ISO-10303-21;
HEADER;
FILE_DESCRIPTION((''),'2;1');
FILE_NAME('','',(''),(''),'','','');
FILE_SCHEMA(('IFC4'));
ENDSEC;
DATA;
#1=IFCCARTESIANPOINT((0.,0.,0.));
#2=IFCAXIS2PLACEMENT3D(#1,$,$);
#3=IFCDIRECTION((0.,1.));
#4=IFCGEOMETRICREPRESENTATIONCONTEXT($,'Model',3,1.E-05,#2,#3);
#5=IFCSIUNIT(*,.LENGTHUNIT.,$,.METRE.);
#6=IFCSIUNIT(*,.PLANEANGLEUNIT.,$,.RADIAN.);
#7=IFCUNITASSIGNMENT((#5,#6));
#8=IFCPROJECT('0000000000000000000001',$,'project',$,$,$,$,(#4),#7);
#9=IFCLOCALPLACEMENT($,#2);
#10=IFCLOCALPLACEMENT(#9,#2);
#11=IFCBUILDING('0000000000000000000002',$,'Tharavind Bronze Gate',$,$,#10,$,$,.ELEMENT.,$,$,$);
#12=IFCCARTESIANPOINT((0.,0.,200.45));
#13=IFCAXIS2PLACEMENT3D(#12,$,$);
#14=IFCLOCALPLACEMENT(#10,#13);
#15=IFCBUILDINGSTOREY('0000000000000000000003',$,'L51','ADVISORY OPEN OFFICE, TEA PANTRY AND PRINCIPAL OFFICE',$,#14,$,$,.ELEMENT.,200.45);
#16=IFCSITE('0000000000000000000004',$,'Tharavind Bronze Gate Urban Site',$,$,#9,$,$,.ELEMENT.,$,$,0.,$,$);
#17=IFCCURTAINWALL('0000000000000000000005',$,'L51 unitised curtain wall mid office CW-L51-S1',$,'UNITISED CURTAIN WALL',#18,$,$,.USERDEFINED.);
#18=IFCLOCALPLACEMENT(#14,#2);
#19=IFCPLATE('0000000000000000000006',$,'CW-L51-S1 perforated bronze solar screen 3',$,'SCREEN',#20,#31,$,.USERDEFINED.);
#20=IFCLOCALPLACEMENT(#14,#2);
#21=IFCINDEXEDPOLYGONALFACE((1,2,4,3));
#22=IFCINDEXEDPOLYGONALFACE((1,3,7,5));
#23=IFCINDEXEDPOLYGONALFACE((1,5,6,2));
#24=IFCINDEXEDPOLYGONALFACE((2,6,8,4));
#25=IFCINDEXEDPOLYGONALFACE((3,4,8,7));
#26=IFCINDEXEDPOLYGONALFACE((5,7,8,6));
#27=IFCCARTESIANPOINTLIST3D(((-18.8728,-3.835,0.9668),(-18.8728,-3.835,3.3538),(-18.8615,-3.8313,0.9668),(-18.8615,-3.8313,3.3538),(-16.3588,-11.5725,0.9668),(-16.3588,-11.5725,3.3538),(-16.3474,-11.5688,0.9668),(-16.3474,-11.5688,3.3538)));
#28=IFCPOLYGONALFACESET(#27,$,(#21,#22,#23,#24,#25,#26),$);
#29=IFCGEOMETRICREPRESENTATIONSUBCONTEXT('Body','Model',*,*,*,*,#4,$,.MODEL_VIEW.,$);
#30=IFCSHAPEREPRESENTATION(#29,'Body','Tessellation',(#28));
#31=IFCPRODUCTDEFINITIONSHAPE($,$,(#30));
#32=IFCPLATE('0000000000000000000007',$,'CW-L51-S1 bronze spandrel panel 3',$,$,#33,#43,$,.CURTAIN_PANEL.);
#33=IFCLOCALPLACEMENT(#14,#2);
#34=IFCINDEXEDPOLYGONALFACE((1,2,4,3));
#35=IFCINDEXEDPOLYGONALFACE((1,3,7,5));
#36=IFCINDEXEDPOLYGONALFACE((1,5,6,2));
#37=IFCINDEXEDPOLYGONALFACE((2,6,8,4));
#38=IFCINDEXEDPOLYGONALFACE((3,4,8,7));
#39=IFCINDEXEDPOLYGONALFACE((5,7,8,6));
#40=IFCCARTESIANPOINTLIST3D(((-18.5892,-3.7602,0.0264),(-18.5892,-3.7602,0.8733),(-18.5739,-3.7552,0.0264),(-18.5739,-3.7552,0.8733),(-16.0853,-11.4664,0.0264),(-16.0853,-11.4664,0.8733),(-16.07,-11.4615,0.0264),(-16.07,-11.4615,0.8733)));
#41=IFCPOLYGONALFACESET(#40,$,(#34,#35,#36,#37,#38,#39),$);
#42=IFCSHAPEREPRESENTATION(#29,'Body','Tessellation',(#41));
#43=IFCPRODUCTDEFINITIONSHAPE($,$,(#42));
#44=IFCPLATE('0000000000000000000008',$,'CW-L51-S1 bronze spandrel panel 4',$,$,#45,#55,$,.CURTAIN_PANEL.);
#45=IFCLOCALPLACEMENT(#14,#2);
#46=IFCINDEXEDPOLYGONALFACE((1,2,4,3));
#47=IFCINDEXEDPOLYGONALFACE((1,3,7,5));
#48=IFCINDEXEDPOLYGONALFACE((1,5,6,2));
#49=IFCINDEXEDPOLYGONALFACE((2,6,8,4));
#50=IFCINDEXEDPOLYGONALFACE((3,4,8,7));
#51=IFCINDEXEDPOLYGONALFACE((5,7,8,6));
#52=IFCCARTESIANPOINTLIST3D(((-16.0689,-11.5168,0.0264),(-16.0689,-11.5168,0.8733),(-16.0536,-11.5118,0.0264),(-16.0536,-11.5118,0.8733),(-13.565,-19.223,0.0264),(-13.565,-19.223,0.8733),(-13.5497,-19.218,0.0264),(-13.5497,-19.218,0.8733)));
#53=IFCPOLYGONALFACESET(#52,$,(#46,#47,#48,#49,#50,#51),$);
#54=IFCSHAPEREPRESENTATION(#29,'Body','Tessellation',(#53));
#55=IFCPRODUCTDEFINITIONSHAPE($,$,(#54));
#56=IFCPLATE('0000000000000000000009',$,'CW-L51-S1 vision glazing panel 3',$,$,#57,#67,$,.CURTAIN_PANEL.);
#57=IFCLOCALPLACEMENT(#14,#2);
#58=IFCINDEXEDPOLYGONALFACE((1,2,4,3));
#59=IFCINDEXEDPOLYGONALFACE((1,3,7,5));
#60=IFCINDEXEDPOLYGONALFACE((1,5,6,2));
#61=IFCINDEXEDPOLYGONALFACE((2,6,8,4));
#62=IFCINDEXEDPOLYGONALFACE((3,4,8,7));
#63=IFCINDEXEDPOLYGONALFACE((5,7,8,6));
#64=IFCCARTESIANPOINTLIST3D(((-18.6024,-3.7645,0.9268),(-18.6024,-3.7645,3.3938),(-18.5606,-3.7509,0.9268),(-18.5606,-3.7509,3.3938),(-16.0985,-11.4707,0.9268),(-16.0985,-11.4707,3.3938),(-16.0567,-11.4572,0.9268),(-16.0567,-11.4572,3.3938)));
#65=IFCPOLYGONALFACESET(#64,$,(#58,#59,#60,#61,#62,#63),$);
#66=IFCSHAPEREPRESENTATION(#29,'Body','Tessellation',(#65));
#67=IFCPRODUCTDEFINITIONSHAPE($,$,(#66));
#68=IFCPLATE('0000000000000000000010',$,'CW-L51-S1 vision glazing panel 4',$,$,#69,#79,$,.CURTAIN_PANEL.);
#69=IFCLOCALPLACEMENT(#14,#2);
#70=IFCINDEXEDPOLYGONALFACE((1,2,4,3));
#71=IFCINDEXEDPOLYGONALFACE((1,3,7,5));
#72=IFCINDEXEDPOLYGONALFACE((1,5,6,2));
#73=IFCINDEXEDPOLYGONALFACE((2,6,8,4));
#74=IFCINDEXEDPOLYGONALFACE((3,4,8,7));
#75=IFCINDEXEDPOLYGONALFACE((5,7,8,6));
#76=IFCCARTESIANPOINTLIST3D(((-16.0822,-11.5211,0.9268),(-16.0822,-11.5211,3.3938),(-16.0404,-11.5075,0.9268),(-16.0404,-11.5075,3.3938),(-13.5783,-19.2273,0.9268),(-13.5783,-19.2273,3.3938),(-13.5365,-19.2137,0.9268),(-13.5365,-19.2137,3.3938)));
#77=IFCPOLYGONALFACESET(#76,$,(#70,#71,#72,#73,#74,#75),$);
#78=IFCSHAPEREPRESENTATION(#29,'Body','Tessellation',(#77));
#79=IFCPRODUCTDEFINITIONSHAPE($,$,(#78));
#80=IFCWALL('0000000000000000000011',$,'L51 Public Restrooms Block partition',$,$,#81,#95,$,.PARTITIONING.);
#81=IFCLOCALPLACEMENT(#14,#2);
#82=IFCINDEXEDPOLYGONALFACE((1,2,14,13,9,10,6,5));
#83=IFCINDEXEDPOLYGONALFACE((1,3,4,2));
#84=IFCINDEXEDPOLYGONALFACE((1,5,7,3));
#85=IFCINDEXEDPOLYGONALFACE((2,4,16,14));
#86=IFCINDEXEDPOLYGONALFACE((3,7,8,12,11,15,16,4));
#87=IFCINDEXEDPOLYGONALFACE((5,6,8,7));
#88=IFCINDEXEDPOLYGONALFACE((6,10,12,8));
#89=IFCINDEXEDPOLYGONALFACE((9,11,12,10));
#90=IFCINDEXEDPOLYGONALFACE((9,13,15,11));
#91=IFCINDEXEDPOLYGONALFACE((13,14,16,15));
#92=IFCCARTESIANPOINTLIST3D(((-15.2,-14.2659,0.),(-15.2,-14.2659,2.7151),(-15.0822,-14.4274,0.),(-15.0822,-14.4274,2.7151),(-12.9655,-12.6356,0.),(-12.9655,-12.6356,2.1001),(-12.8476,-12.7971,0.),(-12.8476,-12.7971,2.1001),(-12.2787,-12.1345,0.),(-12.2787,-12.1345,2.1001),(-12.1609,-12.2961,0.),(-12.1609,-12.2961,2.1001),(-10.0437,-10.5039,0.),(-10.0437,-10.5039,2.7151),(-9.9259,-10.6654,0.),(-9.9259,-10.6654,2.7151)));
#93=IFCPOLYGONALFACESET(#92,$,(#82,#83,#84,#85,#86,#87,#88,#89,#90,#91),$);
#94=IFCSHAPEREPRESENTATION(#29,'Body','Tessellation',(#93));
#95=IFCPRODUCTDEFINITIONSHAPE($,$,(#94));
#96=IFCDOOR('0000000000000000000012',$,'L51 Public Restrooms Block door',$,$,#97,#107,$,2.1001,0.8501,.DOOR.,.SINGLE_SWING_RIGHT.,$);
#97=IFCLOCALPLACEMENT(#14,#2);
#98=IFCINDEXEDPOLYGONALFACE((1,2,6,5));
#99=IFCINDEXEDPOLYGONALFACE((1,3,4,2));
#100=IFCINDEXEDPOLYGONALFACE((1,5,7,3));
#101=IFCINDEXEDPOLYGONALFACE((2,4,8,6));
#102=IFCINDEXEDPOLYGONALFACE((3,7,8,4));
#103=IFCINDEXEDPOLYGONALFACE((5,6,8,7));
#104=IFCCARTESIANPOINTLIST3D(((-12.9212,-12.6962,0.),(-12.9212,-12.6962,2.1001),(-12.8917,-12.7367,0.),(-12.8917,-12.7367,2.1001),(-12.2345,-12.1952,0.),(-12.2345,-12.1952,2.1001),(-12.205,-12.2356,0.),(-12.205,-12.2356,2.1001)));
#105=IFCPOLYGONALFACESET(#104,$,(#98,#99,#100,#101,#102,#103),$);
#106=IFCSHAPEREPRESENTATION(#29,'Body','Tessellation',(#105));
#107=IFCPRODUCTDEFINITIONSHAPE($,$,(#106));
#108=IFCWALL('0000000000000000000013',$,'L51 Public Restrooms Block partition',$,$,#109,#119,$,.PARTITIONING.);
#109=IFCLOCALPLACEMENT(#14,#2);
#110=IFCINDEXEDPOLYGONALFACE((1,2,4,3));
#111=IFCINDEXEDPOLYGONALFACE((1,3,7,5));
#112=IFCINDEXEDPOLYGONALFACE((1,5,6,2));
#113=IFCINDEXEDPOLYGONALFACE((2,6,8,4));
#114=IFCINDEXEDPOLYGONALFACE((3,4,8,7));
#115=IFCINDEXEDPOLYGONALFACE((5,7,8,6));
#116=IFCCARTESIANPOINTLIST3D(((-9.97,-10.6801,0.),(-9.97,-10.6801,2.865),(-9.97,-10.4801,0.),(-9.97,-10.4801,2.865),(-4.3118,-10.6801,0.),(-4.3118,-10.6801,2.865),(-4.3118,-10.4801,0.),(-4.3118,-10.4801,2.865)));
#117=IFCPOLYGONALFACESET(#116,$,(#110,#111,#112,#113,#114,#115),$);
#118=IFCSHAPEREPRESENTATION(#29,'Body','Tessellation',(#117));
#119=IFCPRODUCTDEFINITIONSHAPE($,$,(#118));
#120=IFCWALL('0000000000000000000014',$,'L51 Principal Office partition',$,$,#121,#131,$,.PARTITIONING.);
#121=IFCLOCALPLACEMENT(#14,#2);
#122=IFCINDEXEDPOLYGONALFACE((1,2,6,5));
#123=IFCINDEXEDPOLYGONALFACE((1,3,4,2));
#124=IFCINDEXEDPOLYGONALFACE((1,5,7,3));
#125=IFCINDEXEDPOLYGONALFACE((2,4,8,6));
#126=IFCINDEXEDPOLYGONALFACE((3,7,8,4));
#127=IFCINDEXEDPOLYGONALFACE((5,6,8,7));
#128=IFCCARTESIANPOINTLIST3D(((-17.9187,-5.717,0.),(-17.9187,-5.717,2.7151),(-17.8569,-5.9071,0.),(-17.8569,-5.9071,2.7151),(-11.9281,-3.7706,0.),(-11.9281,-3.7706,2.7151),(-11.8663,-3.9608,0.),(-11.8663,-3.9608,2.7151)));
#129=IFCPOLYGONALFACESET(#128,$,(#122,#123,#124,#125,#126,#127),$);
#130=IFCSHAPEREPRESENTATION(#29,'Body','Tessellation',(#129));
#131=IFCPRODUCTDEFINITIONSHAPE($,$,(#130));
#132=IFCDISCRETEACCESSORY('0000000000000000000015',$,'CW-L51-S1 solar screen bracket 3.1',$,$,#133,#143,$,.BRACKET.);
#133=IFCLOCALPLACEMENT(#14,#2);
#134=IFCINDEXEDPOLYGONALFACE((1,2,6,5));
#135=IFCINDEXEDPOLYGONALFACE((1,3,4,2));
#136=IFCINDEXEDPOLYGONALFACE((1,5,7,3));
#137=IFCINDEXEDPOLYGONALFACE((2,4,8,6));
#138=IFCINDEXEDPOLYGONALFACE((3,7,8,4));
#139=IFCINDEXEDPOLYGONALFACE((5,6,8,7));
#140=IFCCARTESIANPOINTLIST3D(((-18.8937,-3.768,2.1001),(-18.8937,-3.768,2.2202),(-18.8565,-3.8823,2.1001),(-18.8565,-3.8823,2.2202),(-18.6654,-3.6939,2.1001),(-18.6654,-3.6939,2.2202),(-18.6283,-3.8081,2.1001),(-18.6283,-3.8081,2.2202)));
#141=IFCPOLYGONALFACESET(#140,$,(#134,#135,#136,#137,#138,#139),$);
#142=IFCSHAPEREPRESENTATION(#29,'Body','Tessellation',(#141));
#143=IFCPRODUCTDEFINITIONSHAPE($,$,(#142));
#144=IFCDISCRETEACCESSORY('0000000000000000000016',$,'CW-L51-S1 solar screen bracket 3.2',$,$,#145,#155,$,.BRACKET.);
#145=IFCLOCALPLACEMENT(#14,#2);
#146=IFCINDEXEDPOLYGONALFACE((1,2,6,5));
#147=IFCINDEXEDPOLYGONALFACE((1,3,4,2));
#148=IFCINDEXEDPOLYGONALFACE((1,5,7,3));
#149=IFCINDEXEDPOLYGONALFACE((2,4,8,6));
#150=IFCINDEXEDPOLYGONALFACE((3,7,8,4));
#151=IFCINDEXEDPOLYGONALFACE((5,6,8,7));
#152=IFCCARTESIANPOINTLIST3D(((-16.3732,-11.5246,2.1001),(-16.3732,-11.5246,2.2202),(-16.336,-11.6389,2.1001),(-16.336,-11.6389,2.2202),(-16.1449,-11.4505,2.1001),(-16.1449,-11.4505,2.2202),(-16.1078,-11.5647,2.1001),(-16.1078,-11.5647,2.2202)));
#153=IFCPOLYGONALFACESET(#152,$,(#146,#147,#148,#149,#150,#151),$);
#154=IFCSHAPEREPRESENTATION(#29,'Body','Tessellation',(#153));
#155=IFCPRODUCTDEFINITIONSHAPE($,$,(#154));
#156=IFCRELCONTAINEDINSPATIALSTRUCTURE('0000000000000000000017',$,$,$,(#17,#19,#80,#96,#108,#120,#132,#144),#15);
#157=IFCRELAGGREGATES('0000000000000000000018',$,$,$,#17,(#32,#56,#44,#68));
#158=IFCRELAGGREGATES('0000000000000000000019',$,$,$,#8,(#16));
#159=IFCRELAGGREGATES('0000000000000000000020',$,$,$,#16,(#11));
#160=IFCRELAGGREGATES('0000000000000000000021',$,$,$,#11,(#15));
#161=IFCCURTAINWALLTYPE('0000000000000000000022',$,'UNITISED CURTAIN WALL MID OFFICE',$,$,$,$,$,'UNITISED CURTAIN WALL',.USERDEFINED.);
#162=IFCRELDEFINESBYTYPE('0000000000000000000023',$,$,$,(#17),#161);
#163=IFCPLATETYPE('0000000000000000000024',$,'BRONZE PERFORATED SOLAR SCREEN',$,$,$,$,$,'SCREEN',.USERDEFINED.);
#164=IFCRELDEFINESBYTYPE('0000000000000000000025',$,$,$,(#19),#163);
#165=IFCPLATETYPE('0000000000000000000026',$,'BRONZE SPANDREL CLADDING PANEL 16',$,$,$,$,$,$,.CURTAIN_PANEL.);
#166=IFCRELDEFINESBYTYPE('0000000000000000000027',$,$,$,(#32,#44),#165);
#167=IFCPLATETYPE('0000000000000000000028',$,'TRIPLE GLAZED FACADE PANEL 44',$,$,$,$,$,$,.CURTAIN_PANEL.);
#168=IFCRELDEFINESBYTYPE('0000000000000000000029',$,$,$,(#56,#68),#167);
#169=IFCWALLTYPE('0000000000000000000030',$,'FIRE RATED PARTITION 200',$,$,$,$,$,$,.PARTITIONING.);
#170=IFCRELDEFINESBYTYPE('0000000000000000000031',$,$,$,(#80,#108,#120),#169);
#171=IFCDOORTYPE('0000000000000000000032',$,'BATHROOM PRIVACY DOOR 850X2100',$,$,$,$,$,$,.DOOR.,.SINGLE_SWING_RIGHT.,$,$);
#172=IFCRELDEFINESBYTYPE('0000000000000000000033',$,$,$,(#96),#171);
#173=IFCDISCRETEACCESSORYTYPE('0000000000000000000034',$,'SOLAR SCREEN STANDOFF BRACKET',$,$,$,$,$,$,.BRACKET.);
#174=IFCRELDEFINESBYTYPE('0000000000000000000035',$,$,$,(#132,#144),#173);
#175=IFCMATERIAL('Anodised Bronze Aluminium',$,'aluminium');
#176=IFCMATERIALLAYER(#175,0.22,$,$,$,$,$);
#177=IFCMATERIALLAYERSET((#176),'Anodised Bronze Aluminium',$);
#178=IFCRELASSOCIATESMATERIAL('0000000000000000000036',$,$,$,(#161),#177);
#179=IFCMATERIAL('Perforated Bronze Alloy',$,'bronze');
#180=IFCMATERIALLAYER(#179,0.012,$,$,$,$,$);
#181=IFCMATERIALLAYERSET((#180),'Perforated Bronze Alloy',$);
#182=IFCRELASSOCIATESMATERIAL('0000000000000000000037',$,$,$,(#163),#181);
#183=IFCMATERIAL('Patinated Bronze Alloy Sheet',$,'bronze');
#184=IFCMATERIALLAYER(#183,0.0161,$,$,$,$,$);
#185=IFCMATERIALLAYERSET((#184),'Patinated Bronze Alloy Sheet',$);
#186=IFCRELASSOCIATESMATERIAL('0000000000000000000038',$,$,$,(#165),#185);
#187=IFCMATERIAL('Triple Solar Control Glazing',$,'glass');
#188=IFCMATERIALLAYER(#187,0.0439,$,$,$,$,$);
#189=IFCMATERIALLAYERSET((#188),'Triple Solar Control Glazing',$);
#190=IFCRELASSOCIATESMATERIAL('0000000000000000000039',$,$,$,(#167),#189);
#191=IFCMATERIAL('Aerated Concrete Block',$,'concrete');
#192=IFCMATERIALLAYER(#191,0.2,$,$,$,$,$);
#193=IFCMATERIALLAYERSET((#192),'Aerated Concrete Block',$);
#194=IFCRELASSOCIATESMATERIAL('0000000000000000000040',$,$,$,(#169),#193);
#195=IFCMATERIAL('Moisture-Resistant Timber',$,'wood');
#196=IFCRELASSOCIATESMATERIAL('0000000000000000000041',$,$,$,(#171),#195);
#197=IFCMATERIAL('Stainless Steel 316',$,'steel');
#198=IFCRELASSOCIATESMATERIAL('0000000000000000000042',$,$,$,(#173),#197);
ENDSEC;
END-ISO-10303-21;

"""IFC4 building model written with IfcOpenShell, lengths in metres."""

from ifc_helpers import new_model, si_unit, direction, frame, frame_2d, origin, origin_2d, place, context, subcontext, project, spatial, rectangle, extrude, material, layer, layer_set, type_object, element, fill, aggregate, save


model = new_model("IFC4")

# Units and contexts
model_context = context("Model", 3, precision=1e-05, world=origin(), true_north=direction((0.0, 1.0)))
body_context = subcontext(model_context, "Body", "Model", "MODEL_VIEW")
ifc_project = project(units=[si_unit("LENGTHUNIT", "METRE"), si_unit("PLANEANGLEUNIT", "RADIAN")], contexts=[model_context])

# Site, building, storey
site_placement = place(None, origin())
site = spatial("IfcSite", under=ifc_project, at=site_placement, Name="Tharavind Bronze Gate Urban Site", CompositionType="ELEMENT", RefElevation=0.0)
building_placement = place(site_placement, origin())
building = spatial("IfcBuilding", under=site, at=building_placement, Name="Tharavind Bronze Gate", CompositionType="ELEMENT")
storey_placement = place(building_placement, frame((0.0, 0.0, 200.45)))
storey = spatial("IfcBuildingStorey", under=building, at=storey_placement, Name="L51", Description="ADVISORY OPEN OFFICE, TEA PANTRY AND PRINCIPAL OFFICE", CompositionType="ELEMENT", Elevation=200.45)

# Curtain wall
ifc_material_1 = material(Name="Anodised Bronze Aluminium", Category="aluminium")
ifc_layer_1 = layer(ifc_material_1, 0.22)
ifc_layer_set_1 = layer_set([ifc_layer_1], Name="Anodised Bronze Aluminium")
curtain_wall_type = type_object("IfcCurtainWallType", Name="UNITISED CURTAIN WALL MID OFFICE", ElementType="UNITISED CURTAIN WALL", PredefinedType="USERDEFINED", material=ifc_layer_set_1)
curtain_wall_placement = place(storey_placement, origin())
curtain_wall = element("IfcCurtainWall", 1, at=curtain_wall_placement, inside=storey, type_object=curtain_wall_type, Name="L51 unitised curtain wall mid office CW-L51-S1", ObjectType="UNITISED CURTAIN WALL", PredefinedType="USERDEFINED")

# Plates
ifc_material_2 = material(Name="Perforated Bronze Alloy", Category="bronze")
ifc_layer_2 = layer(ifc_material_2, 0.012)
ifc_layer_set_2 = layer_set([ifc_layer_2], Name="Perforated Bronze Alloy")
plate_type_1 = type_object("IfcPlateType", Name="BRONZE PERFORATED SOLAR SCREEN", ElementType="SCREEN", PredefinedType="USERDEFINED", material=ifc_layer_set_2)
plate_1_placement = place(storey_placement, frame((-17.6101, -7.7019, 0.9668), z_axis=(0.0, 0.0, 1.0), x_axis=(0.309017, -0.951057, 0.0)))
element("IfcPlate", 2, at=plate_1_placement, inside=storey, type_object=plate_type_1, Name="CW-L51-S1 perforated bronze solar screen 3", ObjectType="SCREEN", PredefinedType="USERDEFINED", context=body_context, shape_type="SweptSolid", body=[
    extrude(rectangle(XDim=8.1357, YDim=0.012, at=origin_2d()), origin(), (0.0, 0.0, 1.0), 2.387),
])
ifc_material_3 = material(Name="Patinated Bronze Alloy Sheet", Category="bronze")
ifc_layer_3 = layer(ifc_material_3, 0.0161)
ifc_layer_set_3 = layer_set([ifc_layer_3], Name="Patinated Bronze Alloy Sheet")
plate_type_2 = type_object("IfcPlateType", Name="BRONZE SPANDREL CLADDING PANEL 16", PredefinedType="CURTAIN_PANEL", material=ifc_layer_set_3)
plate_2_placement = place(storey_placement, frame((-17.3296, -7.6108, 0.0264), z_axis=(0.0, 0.0, 1.0), x_axis=(0.309017, -0.951057, 0.0)))
plate_2 = element("IfcPlate", 3, at=plate_2_placement, type_object=plate_type_2, Name="CW-L51-S1 bronze spandrel panel 3", PredefinedType="CURTAIN_PANEL", context=body_context, shape_type="SweptSolid", body=[
    extrude(rectangle(XDim=8.1028, YDim=0.0161, at=origin_2d()), origin(), (0.0, 0.0, 1.0), 0.8469),
])
plate_3_placement = place(storey_placement, frame((-14.8093, -15.3674, 0.0264), z_axis=(0.0, 0.0, 1.0), x_axis=(0.309017, -0.951057, 0.0)))
plate_3 = element("IfcPlate", 4, at=plate_3_placement, type_object=plate_type_2, Name="CW-L51-S1 bronze spandrel panel 4", PredefinedType="CURTAIN_PANEL", context=body_context, shape_type="SweptSolid", body=[
    extrude(rectangle(XDim=8.1028, YDim=0.0161, at=origin_2d()), origin(), (0.0, 0.0, 1.0), 0.8469),
])
ifc_material_4 = material(Name="Triple Solar Control Glazing", Category="glass")
ifc_layer_4 = layer(ifc_material_4, 0.0439)
ifc_layer_set_4 = layer_set([ifc_layer_4], Name="Triple Solar Control Glazing")
plate_type_3 = type_object("IfcPlateType", Name="TRIPLE GLAZED FACADE PANEL 44", PredefinedType="CURTAIN_PANEL", material=ifc_layer_set_4)
plate_4_placement = place(storey_placement, frame((-17.3296, -7.6108, 0.9268), z_axis=(0.0, 0.0, 1.0), x_axis=(0.309017, -0.951057, 0.0)))
plate_4 = element("IfcPlate", 5, at=plate_4_placement, type_object=plate_type_3, Name="CW-L51-S1 vision glazing panel 3", PredefinedType="CURTAIN_PANEL", context=body_context, shape_type="SweptSolid", body=[
    extrude(rectangle(XDim=8.1028, YDim=0.0439, at=origin_2d()), origin(), (0.0, 0.0, 1.0), 2.467),
])
plate_5_placement = place(storey_placement, frame((-14.8093, -15.3674, 0.9268), z_axis=(0.0, 0.0, 1.0), x_axis=(0.309017, -0.951057, 0.0)))
plate_5 = element("IfcPlate", 6, at=plate_5_placement, type_object=plate_type_3, Name="CW-L51-S1 vision glazing panel 4", PredefinedType="CURTAIN_PANEL", context=body_context, shape_type="SweptSolid", body=[
    extrude(rectangle(XDim=8.1028, YDim=0.0439, at=origin_2d()), origin(), (0.0, 0.0, 1.0), 2.467),
])
aggregate(curtain_wall, [plate_2, plate_4, plate_3, plate_5])

# Wall, opening, door
ifc_material_5 = material(Name="Aerated Concrete Block", Category="concrete")
ifc_layer_5 = layer(ifc_material_5, 0.2)
ifc_layer_set_5 = layer_set([ifc_layer_5], Name="Aerated Concrete Block")
wall_type = type_object("IfcWallType", Name="FIRE RATED PARTITION 200", PredefinedType="PARTITIONING", material=ifc_layer_set_5)
wall_1_placement = place(storey_placement, frame((-15.1411, -14.3467, 0.0), z_axis=(0.0, 0.0, 1.0), x_axis=(0.807844, 0.589397, 0.0)))
wall_1 = element("IfcWall", 7, at=wall_1_placement, inside=storey, type_object=wall_type, Name="L51 Public Restrooms Block partition", PredefinedType="PARTITIONING", context=body_context, shape_type="SweptSolid", body=[
    extrude(rectangle(XDim=6.3828, YDim=0.2, at=frame_2d((3.1914, 0.0))), origin(), (0.0, 0.0, 1.0), 2.7151),
])
opening_placement = place(wall_1_placement, frame((2.7661, 0.0, 0.0)))
opening = element("IfcOpeningElement", 8, at=opening_placement, cuts=wall_1, PredefinedType="OPENING", context=body_context, shape_type="SweptSolid", body=[
    extrude(rectangle(XDim=0.8501, YDim=2.1001, at=frame_2d((0.425, 1.05))), frame((0.0, 0.1101, 0.0), z_axis=(0.0, -1.0, 0.0), x_axis=(1.0, 0.0, 0.0)), (0.0, 0.0, 1.0), 0.22),
])
ifc_material_6 = material(Name="Moisture-Resistant Timber", Category="wood")
door_type = type_object("IfcDoorType", Name="BATHROOM PRIVACY DOOR 850X2100", OperationType="SINGLE_SWING_RIGHT", PredefinedType="DOOR", material=ifc_material_6)
door_placement = place(opening_placement, origin())
door = element("IfcDoor", 9, at=door_placement, inside=storey, type_object=door_type, Name="L51 Public Restrooms Block door", OperationType="SINGLE_SWING_RIGHT", OverallHeight=2.1001, OverallWidth=0.8501, PredefinedType="DOOR", context=body_context, shape_type="SweptSolid", body=[
    extrude(rectangle(XDim=0.8501, YDim=2.1001, at=frame_2d((0.425, 1.05))), frame((0.0, 0.0249, 0.0), z_axis=(0.0, -1.0, 0.0), x_axis=(1.0, 0.0, 0.0)), (0.0, 0.0, 1.0), 0.05),
])
fill(opening, door)

# Walls
wall_2_placement = place(storey_placement, frame((-9.97, -10.5801, 0.0), z_axis=(0.0, 0.0, 1.0), x_axis=(1.0, 0.0, 0.0)))
element("IfcWall", 10, at=wall_2_placement, inside=storey, type_object=wall_type, Name="L51 Public Restrooms Block partition", PredefinedType="PARTITIONING", context=body_context, shape_type="SweptSolid", body=[
    extrude(rectangle(XDim=5.6582, YDim=0.2, at=frame_2d((2.8291, 0.0))), origin(), (0.0, 0.0, 1.0), 2.865),
])
wall_3_placement = place(storey_placement, frame((-11.8972, -3.8657, 0.0), z_axis=(0.0, 0.0, 1.0), x_axis=(-0.951063, -0.308998, 0.0)))
element("IfcWall", 11, at=wall_3_placement, inside=storey, type_object=wall_type, Name="L51 Principal Office partition", PredefinedType="PARTITIONING", context=body_context, shape_type="SweptSolid", body=[
    extrude(rectangle(XDim=6.2988, YDim=0.2, at=frame_2d((3.1494, 0.0))), origin(), (0.0, 0.0, 1.0), 2.7151),
])

# Discrete accessories
ifc_material_7 = material(Name="Stainless Steel 316", Category="steel")
discrete_accessory_type = type_object("IfcDiscreteAccessoryType", Name="SOLAR SCREEN STANDOFF BRACKET", PredefinedType="BRACKET", material=ifc_material_7)
for number, where, z_axis, x_axis, name in (
    (12, (-18.761, -3.7881, 2.1001), (0.0, 0.0, 1.0), (0.309017, -0.951057, 0.0), "CW-L51-S1 solar screen bracket 3.1"),
    (13, (-16.2405, -11.5447, 2.1001), (0.0, 0.0, 1.0), (0.309017, -0.951057, 0.0), "CW-L51-S1 solar screen bracket 3.2"),
):
    element("IfcDiscreteAccessory", number, at=place(storey_placement, frame(where, z_axis=z_axis, x_axis=x_axis)), inside=storey, type_object=discrete_accessory_type, Name=name, PredefinedType="BRACKET", context=body_context, shape_type="SweptSolid", body=[
        extrude(rectangle(XDim=0.1201, YDim=0.24, at=origin_2d()), origin(), (0.0, 0.0, 1.0), 0.1201),
    ])

save(model, "model.ifc")
